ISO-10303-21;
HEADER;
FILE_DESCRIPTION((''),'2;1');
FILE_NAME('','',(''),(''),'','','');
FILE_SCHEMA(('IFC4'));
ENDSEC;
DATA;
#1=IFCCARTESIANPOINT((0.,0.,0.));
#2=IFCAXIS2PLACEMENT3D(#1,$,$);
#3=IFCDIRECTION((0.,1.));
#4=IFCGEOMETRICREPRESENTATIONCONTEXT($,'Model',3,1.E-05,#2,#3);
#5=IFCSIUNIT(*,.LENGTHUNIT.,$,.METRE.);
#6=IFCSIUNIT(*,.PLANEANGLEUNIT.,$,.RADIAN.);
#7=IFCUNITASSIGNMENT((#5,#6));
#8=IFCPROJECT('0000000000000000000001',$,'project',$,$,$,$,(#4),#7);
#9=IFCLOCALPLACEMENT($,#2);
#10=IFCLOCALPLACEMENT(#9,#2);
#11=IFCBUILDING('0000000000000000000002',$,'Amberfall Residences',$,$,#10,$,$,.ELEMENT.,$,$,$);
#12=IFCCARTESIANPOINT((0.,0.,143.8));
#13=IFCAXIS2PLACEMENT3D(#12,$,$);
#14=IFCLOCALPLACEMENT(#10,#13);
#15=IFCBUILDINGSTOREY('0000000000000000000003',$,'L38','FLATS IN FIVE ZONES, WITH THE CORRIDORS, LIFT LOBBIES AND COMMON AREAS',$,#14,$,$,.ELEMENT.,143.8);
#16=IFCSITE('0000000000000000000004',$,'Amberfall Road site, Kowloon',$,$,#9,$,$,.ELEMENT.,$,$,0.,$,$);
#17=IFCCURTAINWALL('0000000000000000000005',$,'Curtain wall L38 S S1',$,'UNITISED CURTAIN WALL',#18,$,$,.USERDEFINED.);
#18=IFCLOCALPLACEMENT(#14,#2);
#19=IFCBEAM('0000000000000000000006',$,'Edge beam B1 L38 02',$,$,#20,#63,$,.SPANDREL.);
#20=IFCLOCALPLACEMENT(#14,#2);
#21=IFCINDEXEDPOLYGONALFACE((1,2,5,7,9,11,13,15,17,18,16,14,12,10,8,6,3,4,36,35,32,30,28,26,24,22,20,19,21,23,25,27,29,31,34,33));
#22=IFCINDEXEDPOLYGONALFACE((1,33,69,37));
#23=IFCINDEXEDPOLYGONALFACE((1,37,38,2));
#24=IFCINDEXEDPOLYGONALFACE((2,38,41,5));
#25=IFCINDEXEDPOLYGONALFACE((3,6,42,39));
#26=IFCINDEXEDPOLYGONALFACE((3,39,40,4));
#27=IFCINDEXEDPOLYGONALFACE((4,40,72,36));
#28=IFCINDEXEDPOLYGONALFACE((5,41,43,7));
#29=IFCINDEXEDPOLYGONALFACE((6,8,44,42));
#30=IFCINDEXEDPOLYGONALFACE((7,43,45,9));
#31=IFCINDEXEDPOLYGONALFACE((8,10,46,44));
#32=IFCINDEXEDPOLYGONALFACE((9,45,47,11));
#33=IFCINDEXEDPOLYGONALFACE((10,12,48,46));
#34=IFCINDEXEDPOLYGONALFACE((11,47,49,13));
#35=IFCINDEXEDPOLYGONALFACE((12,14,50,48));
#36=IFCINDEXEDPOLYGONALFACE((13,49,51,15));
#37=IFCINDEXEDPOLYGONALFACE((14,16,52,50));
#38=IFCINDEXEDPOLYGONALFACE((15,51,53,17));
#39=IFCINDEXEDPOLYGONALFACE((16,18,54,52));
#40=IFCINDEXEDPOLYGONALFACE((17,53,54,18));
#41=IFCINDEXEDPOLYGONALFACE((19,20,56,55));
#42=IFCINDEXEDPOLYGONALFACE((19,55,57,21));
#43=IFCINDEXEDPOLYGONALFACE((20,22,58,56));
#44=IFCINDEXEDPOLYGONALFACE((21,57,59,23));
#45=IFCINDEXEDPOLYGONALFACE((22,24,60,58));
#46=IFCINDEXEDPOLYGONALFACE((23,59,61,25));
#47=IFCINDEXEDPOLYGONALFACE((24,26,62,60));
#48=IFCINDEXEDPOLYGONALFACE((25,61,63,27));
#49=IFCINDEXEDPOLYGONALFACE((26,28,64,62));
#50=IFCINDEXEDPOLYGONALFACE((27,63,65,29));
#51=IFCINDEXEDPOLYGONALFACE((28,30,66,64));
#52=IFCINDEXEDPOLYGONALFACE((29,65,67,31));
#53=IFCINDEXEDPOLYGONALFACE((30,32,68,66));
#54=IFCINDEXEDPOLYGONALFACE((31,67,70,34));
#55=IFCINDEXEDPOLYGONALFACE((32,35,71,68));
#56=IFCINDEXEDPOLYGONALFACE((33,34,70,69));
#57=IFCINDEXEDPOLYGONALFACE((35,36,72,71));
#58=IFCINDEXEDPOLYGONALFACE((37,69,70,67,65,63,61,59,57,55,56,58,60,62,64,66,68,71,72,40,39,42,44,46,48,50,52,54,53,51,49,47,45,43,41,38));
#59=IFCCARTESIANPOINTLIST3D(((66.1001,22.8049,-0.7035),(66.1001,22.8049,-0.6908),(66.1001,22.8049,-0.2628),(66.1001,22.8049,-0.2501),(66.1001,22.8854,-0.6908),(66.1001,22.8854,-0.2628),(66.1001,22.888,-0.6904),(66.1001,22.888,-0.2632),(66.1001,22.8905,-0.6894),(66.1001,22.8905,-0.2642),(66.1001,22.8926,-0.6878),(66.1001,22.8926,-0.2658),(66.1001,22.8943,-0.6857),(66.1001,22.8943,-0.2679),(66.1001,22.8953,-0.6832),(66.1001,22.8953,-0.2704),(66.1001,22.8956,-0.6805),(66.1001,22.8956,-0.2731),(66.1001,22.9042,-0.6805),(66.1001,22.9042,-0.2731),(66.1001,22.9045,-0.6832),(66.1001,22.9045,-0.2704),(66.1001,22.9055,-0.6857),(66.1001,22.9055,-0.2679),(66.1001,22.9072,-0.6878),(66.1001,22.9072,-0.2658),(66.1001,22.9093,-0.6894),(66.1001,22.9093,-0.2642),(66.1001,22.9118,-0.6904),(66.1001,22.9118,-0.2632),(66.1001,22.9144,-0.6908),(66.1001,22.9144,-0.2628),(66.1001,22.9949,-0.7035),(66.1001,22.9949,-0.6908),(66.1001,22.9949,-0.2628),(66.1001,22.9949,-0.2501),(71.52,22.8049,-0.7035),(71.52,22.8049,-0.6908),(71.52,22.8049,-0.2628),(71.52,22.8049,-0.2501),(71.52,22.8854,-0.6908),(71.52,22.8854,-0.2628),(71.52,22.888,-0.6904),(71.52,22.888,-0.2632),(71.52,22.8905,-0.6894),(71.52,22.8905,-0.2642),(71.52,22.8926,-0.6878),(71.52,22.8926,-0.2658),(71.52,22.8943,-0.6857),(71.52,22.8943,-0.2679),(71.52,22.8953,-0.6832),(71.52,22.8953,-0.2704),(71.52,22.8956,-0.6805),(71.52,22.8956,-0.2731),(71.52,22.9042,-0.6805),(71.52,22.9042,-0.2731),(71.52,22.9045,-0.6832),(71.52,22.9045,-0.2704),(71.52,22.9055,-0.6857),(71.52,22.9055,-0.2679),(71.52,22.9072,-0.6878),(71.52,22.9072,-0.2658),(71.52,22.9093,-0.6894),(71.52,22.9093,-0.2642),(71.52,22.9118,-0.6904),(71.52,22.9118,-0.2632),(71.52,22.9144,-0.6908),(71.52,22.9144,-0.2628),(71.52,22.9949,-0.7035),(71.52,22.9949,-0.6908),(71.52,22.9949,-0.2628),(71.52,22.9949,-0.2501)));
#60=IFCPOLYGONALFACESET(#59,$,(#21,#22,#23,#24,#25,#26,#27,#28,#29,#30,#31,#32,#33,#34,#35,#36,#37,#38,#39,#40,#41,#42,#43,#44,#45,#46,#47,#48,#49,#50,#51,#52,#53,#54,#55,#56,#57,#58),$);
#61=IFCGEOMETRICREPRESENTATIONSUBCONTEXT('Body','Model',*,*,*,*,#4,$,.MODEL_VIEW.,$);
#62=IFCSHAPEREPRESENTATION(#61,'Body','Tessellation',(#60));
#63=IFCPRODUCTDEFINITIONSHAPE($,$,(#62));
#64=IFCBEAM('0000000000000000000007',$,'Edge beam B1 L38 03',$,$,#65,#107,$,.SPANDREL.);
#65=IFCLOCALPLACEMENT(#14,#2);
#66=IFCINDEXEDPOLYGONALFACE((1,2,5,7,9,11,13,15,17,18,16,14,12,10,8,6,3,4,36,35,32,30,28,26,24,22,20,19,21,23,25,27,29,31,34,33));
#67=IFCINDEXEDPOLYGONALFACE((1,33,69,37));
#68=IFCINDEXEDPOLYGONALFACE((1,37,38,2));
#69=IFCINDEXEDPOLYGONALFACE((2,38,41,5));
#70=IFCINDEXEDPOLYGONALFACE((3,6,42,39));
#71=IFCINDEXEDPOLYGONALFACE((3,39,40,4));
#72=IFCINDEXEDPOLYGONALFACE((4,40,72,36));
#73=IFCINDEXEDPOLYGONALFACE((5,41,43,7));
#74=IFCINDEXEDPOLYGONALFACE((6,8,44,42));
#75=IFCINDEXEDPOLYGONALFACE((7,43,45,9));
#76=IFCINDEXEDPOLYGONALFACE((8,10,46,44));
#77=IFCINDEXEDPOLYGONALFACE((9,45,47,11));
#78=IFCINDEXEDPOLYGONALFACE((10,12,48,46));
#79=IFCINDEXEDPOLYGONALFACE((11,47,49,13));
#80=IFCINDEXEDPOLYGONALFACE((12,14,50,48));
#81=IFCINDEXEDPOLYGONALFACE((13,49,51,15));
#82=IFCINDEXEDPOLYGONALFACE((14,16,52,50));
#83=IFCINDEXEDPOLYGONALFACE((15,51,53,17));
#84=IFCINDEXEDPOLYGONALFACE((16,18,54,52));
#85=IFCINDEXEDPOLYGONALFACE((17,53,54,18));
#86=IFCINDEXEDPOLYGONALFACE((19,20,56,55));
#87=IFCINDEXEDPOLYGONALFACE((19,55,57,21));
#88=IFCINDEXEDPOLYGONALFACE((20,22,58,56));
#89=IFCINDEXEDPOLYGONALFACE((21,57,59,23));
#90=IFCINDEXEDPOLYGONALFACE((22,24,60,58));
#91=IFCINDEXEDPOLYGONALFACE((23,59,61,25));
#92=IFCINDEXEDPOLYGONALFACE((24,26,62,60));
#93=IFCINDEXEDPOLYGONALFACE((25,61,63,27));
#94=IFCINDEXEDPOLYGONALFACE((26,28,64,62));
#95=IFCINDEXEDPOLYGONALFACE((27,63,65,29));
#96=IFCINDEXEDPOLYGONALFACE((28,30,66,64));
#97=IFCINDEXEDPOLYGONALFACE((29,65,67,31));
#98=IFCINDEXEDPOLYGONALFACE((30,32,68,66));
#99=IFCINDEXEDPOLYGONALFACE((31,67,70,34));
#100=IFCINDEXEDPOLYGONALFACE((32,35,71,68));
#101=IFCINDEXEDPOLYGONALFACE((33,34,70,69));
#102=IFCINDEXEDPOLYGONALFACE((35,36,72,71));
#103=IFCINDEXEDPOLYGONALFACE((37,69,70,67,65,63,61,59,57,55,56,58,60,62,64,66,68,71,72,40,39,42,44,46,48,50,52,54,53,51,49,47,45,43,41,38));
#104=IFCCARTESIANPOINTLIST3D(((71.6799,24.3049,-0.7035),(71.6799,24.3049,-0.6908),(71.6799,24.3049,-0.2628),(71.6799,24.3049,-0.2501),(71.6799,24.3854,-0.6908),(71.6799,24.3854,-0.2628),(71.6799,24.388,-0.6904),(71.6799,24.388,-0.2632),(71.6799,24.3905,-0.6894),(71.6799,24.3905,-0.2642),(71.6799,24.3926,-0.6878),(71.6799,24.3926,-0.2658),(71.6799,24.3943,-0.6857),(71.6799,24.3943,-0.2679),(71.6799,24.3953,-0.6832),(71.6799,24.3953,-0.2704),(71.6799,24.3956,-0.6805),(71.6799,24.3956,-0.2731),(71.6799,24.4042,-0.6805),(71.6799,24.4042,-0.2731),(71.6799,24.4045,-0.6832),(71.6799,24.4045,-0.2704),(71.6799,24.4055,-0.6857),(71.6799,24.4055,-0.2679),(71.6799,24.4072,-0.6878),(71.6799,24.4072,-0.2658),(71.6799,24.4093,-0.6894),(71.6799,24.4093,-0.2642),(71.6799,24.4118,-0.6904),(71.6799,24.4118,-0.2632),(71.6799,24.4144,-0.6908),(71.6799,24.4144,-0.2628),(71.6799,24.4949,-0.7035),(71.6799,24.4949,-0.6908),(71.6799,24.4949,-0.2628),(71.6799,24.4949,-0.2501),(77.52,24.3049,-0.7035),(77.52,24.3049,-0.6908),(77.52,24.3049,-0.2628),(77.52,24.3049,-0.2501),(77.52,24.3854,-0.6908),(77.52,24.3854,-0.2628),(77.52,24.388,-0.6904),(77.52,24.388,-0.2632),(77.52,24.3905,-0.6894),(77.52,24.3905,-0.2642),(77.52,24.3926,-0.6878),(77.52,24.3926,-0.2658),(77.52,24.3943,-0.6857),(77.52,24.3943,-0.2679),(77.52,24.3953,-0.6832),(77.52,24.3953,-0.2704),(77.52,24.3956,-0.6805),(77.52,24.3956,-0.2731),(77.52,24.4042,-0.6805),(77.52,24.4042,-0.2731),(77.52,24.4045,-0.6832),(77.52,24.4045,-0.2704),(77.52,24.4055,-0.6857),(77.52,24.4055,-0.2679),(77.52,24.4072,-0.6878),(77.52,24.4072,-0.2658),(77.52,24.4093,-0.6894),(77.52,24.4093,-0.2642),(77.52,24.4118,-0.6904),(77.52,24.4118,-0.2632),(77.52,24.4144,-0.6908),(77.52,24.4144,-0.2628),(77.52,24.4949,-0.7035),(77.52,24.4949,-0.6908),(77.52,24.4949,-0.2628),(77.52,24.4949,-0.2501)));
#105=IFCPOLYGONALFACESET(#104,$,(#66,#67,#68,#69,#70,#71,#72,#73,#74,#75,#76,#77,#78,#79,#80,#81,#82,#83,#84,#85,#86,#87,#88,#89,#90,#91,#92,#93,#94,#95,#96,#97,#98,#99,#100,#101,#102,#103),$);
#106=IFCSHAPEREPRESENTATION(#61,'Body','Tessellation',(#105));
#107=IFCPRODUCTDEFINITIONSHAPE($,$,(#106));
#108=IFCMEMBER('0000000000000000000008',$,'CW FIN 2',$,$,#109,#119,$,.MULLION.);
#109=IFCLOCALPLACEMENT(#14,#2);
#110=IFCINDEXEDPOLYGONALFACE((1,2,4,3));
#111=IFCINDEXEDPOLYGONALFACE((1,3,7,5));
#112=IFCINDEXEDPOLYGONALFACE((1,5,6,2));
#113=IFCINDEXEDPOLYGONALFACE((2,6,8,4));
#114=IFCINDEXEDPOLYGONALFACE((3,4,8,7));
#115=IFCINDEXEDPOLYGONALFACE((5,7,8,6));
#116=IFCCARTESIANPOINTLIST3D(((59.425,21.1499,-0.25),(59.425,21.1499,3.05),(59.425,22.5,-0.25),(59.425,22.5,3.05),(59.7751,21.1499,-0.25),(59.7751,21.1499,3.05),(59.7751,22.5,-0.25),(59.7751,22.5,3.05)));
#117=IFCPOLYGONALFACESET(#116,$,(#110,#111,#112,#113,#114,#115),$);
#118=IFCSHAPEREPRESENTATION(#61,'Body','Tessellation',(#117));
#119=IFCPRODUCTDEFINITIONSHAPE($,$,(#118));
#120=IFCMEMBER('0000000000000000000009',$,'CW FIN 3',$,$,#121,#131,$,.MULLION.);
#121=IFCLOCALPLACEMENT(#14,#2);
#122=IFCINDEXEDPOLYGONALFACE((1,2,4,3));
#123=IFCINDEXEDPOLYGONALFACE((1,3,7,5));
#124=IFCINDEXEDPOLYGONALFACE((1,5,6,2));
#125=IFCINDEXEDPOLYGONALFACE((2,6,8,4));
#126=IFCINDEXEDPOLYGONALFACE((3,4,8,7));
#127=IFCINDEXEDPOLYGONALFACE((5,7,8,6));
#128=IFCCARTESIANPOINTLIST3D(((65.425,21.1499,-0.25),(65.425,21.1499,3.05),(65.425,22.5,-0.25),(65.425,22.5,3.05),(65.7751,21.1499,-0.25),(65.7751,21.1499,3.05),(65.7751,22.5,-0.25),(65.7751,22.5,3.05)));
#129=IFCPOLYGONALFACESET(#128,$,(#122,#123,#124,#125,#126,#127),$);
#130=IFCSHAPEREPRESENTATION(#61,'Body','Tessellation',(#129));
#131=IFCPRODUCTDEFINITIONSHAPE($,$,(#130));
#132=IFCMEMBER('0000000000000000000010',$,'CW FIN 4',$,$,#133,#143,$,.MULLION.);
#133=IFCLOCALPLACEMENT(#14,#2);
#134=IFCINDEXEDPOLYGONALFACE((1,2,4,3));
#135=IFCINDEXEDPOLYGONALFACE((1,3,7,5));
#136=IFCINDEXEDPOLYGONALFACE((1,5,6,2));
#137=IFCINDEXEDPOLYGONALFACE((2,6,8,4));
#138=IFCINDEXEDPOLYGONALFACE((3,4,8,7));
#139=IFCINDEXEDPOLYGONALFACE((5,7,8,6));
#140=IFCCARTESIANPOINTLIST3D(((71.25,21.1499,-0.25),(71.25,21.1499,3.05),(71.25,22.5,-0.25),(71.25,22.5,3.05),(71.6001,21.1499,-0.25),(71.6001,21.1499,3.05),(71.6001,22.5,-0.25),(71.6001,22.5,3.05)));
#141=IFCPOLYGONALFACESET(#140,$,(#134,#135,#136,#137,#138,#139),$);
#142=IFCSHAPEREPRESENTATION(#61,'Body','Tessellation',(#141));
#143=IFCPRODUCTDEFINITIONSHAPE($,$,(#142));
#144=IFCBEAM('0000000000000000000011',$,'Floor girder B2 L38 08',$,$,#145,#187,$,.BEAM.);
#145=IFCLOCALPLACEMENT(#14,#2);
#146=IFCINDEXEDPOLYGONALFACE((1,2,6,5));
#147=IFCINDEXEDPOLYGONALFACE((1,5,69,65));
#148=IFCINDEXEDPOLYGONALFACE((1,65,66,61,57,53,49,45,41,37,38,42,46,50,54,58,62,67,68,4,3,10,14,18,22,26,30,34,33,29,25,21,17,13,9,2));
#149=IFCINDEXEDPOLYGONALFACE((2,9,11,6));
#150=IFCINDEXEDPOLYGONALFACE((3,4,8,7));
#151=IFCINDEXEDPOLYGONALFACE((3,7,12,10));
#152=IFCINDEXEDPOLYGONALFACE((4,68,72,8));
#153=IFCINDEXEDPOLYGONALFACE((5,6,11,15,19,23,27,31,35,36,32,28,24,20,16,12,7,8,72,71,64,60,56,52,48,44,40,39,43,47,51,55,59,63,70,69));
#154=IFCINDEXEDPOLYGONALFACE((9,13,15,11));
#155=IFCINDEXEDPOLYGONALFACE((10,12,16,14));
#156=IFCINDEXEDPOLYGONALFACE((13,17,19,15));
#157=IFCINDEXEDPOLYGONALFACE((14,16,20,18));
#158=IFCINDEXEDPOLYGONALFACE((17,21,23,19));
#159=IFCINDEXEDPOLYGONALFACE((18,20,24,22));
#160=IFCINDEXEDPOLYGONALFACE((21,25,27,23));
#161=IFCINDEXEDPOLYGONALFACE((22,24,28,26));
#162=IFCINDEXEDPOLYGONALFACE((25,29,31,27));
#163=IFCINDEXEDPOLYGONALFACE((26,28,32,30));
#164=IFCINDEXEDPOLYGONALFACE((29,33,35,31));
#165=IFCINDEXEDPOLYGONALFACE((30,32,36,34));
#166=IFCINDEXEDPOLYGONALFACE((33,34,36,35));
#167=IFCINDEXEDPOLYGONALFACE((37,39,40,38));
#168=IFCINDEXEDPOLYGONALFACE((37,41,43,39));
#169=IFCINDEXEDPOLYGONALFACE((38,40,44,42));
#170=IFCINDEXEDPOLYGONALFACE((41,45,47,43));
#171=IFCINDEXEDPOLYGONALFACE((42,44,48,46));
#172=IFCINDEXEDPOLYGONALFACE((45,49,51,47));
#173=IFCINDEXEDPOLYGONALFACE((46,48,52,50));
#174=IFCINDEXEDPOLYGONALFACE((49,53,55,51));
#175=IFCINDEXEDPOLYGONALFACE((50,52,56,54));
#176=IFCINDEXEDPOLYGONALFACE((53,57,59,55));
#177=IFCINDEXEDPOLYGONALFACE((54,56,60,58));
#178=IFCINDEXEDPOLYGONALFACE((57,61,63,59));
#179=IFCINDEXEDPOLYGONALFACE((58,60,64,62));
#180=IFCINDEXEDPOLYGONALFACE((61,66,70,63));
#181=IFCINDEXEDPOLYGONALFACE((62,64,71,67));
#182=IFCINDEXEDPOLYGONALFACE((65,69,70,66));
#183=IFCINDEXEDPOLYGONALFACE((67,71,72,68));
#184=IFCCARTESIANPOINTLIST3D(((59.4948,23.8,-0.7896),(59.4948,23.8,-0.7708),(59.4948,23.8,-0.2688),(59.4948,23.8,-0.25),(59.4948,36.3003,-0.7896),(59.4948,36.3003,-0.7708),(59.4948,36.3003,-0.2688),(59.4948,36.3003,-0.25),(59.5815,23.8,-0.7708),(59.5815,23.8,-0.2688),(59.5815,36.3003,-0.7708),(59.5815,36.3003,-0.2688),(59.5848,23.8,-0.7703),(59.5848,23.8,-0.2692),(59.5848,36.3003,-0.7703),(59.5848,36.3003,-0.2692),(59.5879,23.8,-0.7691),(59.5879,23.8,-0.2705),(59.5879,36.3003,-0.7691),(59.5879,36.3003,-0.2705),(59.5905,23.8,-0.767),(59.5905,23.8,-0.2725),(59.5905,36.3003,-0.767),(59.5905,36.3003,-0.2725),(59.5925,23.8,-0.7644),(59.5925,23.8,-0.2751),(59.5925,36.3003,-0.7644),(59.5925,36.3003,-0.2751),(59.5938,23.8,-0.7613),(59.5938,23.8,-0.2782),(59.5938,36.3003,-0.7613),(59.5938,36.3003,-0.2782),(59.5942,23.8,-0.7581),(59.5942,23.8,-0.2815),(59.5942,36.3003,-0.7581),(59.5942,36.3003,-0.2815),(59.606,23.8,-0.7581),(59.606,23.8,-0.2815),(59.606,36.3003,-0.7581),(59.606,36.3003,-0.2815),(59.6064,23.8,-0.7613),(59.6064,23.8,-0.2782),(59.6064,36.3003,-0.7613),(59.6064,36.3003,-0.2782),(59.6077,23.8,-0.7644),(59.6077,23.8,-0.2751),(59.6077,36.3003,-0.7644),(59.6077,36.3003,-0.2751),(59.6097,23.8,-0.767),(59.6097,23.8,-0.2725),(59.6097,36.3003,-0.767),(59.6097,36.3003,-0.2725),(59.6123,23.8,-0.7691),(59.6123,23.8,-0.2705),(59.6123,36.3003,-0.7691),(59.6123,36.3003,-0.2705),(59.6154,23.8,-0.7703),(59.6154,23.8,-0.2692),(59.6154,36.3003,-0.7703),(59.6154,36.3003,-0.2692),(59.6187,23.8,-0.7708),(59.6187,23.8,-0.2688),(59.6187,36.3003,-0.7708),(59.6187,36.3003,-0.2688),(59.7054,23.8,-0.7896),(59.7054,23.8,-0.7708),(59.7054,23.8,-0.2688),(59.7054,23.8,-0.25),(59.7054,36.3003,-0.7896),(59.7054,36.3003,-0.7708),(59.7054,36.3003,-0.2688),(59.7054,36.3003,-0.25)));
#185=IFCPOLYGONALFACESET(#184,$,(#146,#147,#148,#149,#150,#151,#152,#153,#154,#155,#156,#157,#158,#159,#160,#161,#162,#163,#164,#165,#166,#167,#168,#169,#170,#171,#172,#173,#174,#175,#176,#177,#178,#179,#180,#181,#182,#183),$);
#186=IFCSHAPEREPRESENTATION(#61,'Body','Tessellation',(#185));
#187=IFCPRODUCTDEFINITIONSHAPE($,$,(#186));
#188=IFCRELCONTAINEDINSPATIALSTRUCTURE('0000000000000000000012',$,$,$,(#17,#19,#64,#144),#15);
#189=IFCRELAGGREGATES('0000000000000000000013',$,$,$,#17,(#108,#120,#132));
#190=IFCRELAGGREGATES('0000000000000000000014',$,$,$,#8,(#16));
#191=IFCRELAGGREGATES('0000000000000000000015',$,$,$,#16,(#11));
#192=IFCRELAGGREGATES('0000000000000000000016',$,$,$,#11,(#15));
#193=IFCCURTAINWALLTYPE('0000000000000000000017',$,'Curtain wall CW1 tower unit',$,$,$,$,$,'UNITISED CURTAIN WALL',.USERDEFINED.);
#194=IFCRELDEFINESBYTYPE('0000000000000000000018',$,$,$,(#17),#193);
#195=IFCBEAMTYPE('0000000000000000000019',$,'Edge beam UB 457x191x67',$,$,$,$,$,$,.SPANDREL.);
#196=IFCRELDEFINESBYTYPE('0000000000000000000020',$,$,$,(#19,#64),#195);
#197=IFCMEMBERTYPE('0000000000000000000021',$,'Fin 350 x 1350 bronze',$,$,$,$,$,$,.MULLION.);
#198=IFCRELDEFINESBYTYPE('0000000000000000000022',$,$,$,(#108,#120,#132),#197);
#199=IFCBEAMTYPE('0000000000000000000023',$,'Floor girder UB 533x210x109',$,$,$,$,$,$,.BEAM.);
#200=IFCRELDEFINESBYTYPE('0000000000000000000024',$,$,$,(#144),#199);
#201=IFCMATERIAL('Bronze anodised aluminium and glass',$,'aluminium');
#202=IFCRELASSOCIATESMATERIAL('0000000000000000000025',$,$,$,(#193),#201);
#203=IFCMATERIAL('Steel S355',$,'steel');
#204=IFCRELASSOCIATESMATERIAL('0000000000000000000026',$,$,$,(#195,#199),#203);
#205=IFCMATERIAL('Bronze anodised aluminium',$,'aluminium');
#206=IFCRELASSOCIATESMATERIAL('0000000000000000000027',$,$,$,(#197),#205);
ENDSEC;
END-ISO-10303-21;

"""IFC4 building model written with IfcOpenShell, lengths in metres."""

from ifc_helpers import new_model, si_unit, direction, frame, origin, origin_2d, place, context, subcontext, project, spatial, rectangle, i_section, extrude, material, material_profile, profile_set, type_object, element, aggregate, save


model = new_model("IFC4")

# Units and contexts
model_context = context("Model", 3, precision=1e-05, world=origin(), true_north=direction((0.0, 1.0)))
body_context = subcontext(model_context, "Body", "Model", "MODEL_VIEW")
ifc_project = project(units=[si_unit("LENGTHUNIT", "METRE"), si_unit("PLANEANGLEUNIT", "RADIAN")], contexts=[model_context])

# Site, building, storey
site_placement = place(None, origin())
site = spatial("IfcSite", under=ifc_project, at=site_placement, Name="Amberfall Road site, Kowloon", CompositionType="ELEMENT", RefElevation=0.0)
building_placement = place(site_placement, origin())
building = spatial("IfcBuilding", under=site, at=building_placement, Name="Amberfall Residences", CompositionType="ELEMENT")
storey_placement = place(building_placement, frame((0.0, 0.0, 143.8)))
storey = spatial("IfcBuildingStorey", under=building, at=storey_placement, Name="L38", Description="FLATS IN FIVE ZONES, WITH THE CORRIDORS, LIFT LOBBIES AND COMMON AREAS", CompositionType="ELEMENT", Elevation=143.8)

# Curtain wall
ifc_material_1 = material(Name="Bronze anodised aluminium and glass", Category="aluminium")
curtain_wall_type = type_object("IfcCurtainWallType", Name="Curtain wall CW1 tower unit", ElementType="UNITISED CURTAIN WALL", PredefinedType="USERDEFINED", material=ifc_material_1)
curtain_wall_placement = place(storey_placement, origin())
curtain_wall = element("IfcCurtainWall", 1, at=curtain_wall_placement, inside=storey, type_object=curtain_wall_type, Name="Curtain wall L38 S S1", ObjectType="UNITISED CURTAIN WALL", PredefinedType="USERDEFINED")
ifc_material_2 = material(Name="Bronze anodised aluminium", Category="aluminium")

# Beams
ifc_material_3 = material(Name="Steel S355", Category="steel")
ifc_material_profile_1 = material_profile(ifc_material_3, i_section(OverallWidth=0.1899, OverallDepth=0.4534, WebThickness=0.0085, FlangeThickness=0.0127, FilletRadius=0.0103, at=origin_2d()), Name="UB 457x191x67")
ifc_profile_set_1 = profile_set([ifc_material_profile_1], Name="Steel S355")
beam_type_1 = type_object("IfcBeamType", Name="Edge beam UB 457x191x67", PredefinedType="SPANDREL", material=ifc_profile_set_1)
beam_1_placement = place(storey_placement, frame((66.1001, 22.8999, -0.4768), z_axis=(1.0, 0.0, 0.0), x_axis=(0.0, 1.0, 0.0)))
element("IfcBeam", 2, at=beam_1_placement, inside=storey, type_object=beam_type_1, Name="Edge beam B1 L38 02", PredefinedType="SPANDREL", context=body_context, shape_type="SweptSolid", body=[
    extrude(i_section(OverallWidth=0.1899, OverallDepth=0.4534, WebThickness=0.0085, FlangeThickness=0.0127, FilletRadius=0.0103, at=origin_2d()), origin(), (0.0, 0.0, 1.0), 5.4199),
])
beam_2_placement = place(storey_placement, frame((71.6799, 24.3999, -0.4768), z_axis=(1.0, 0.0, 0.0), x_axis=(0.0, 1.0, 0.0)))
element("IfcBeam", 3, at=beam_2_placement, inside=storey, type_object=beam_type_1, Name="Edge beam B1 L38 03", PredefinedType="SPANDREL", context=body_context, shape_type="SweptSolid", body=[
    extrude(i_section(OverallWidth=0.1899, OverallDepth=0.4534, WebThickness=0.0085, FlangeThickness=0.0127, FilletRadius=0.0103, at=origin_2d()), origin(), (0.0, 0.0, 1.0), 5.8401),
])

# Members
ifc_material_profile_2 = material_profile(ifc_material_2, rectangle(XDim=1.3501, YDim=0.3501, at=origin_2d()), Name="Fin 350 x 1350 bronze")
ifc_profile_set_2 = profile_set([ifc_material_profile_2], Name="Bronze anodised aluminium")
member_type_1 = type_object("IfcMemberType", Name="Fin 350 x 1350 bronze", PredefinedType="MULLION", material=ifc_profile_set_2)
member_1_placement = place(storey_placement, frame((59.6001, 21.825, -0.25), z_axis=(0.0, 0.0, 1.0), x_axis=(0.0, 1.0, 0.0)))
member_1 = element("IfcMember", 4, at=member_1_placement, type_object=member_type_1, Name="CW FIN 2", PredefinedType="MULLION", context=body_context, shape_type="SweptSolid", body=[
    extrude(rectangle(XDim=1.3501, YDim=0.3501, at=origin_2d()), origin(), (0.0, 0.0, 1.0), 3.3),
])
member_2_placement = place(storey_placement, frame((65.6001, 21.825, -0.25), z_axis=(0.0, 0.0, 1.0), x_axis=(0.0, 1.0, 0.0)))
member_2 = element("IfcMember", 5, at=member_2_placement, type_object=member_type_1, Name="CW FIN 3", PredefinedType="MULLION", context=body_context, shape_type="SweptSolid", body=[
    extrude(rectangle(XDim=1.3501, YDim=0.3501, at=origin_2d()), origin(), (0.0, 0.0, 1.0), 3.3),
])
member_3_placement = place(storey_placement, frame((71.425, 21.825, -0.25), z_axis=(0.0, 0.0, 1.0), x_axis=(0.0, 1.0, 0.0)))
member_3 = element("IfcMember", 6, at=member_3_placement, type_object=member_type_1, Name="CW FIN 4", PredefinedType="MULLION", context=body_context, shape_type="SweptSolid", body=[
    extrude(rectangle(XDim=1.3501, YDim=0.3501, at=origin_2d()), origin(), (0.0, 0.0, 1.0), 3.3),
])

# Beam
ifc_material_profile_3 = material_profile(ifc_material_3, i_section(OverallWidth=0.2107, OverallDepth=0.5396, WebThickness=0.0117, FlangeThickness=0.0188, FilletRadius=0.0127, at=origin_2d()), Name="UB 533x210x109")
ifc_profile_set_3 = profile_set([ifc_material_profile_3], Name="Steel S355")
beam_type_2 = type_object("IfcBeamType", Name="Floor girder UB 533x210x109", PredefinedType="BEAM", material=ifc_profile_set_3)
beam_3_placement = place(storey_placement, frame((59.6001, 23.8, -0.5198), z_axis=(0.0, 1.0, 0.0), x_axis=(-1.0, 0.0, 0.0)))
element("IfcBeam", 7, at=beam_3_placement, inside=storey, type_object=beam_type_2, Name="Floor girder B2 L38 08", PredefinedType="BEAM", context=body_context, shape_type="SweptSolid", body=[
    extrude(i_section(OverallWidth=0.2107, OverallDepth=0.5396, WebThickness=0.0117, FlangeThickness=0.0188, FilletRadius=0.0127, at=origin_2d()), origin(), (0.0, 0.0, 1.0), 12.5002),
])

aggregate(curtain_wall, [member_1, member_2, member_3])

save(model, "model.ifc")
